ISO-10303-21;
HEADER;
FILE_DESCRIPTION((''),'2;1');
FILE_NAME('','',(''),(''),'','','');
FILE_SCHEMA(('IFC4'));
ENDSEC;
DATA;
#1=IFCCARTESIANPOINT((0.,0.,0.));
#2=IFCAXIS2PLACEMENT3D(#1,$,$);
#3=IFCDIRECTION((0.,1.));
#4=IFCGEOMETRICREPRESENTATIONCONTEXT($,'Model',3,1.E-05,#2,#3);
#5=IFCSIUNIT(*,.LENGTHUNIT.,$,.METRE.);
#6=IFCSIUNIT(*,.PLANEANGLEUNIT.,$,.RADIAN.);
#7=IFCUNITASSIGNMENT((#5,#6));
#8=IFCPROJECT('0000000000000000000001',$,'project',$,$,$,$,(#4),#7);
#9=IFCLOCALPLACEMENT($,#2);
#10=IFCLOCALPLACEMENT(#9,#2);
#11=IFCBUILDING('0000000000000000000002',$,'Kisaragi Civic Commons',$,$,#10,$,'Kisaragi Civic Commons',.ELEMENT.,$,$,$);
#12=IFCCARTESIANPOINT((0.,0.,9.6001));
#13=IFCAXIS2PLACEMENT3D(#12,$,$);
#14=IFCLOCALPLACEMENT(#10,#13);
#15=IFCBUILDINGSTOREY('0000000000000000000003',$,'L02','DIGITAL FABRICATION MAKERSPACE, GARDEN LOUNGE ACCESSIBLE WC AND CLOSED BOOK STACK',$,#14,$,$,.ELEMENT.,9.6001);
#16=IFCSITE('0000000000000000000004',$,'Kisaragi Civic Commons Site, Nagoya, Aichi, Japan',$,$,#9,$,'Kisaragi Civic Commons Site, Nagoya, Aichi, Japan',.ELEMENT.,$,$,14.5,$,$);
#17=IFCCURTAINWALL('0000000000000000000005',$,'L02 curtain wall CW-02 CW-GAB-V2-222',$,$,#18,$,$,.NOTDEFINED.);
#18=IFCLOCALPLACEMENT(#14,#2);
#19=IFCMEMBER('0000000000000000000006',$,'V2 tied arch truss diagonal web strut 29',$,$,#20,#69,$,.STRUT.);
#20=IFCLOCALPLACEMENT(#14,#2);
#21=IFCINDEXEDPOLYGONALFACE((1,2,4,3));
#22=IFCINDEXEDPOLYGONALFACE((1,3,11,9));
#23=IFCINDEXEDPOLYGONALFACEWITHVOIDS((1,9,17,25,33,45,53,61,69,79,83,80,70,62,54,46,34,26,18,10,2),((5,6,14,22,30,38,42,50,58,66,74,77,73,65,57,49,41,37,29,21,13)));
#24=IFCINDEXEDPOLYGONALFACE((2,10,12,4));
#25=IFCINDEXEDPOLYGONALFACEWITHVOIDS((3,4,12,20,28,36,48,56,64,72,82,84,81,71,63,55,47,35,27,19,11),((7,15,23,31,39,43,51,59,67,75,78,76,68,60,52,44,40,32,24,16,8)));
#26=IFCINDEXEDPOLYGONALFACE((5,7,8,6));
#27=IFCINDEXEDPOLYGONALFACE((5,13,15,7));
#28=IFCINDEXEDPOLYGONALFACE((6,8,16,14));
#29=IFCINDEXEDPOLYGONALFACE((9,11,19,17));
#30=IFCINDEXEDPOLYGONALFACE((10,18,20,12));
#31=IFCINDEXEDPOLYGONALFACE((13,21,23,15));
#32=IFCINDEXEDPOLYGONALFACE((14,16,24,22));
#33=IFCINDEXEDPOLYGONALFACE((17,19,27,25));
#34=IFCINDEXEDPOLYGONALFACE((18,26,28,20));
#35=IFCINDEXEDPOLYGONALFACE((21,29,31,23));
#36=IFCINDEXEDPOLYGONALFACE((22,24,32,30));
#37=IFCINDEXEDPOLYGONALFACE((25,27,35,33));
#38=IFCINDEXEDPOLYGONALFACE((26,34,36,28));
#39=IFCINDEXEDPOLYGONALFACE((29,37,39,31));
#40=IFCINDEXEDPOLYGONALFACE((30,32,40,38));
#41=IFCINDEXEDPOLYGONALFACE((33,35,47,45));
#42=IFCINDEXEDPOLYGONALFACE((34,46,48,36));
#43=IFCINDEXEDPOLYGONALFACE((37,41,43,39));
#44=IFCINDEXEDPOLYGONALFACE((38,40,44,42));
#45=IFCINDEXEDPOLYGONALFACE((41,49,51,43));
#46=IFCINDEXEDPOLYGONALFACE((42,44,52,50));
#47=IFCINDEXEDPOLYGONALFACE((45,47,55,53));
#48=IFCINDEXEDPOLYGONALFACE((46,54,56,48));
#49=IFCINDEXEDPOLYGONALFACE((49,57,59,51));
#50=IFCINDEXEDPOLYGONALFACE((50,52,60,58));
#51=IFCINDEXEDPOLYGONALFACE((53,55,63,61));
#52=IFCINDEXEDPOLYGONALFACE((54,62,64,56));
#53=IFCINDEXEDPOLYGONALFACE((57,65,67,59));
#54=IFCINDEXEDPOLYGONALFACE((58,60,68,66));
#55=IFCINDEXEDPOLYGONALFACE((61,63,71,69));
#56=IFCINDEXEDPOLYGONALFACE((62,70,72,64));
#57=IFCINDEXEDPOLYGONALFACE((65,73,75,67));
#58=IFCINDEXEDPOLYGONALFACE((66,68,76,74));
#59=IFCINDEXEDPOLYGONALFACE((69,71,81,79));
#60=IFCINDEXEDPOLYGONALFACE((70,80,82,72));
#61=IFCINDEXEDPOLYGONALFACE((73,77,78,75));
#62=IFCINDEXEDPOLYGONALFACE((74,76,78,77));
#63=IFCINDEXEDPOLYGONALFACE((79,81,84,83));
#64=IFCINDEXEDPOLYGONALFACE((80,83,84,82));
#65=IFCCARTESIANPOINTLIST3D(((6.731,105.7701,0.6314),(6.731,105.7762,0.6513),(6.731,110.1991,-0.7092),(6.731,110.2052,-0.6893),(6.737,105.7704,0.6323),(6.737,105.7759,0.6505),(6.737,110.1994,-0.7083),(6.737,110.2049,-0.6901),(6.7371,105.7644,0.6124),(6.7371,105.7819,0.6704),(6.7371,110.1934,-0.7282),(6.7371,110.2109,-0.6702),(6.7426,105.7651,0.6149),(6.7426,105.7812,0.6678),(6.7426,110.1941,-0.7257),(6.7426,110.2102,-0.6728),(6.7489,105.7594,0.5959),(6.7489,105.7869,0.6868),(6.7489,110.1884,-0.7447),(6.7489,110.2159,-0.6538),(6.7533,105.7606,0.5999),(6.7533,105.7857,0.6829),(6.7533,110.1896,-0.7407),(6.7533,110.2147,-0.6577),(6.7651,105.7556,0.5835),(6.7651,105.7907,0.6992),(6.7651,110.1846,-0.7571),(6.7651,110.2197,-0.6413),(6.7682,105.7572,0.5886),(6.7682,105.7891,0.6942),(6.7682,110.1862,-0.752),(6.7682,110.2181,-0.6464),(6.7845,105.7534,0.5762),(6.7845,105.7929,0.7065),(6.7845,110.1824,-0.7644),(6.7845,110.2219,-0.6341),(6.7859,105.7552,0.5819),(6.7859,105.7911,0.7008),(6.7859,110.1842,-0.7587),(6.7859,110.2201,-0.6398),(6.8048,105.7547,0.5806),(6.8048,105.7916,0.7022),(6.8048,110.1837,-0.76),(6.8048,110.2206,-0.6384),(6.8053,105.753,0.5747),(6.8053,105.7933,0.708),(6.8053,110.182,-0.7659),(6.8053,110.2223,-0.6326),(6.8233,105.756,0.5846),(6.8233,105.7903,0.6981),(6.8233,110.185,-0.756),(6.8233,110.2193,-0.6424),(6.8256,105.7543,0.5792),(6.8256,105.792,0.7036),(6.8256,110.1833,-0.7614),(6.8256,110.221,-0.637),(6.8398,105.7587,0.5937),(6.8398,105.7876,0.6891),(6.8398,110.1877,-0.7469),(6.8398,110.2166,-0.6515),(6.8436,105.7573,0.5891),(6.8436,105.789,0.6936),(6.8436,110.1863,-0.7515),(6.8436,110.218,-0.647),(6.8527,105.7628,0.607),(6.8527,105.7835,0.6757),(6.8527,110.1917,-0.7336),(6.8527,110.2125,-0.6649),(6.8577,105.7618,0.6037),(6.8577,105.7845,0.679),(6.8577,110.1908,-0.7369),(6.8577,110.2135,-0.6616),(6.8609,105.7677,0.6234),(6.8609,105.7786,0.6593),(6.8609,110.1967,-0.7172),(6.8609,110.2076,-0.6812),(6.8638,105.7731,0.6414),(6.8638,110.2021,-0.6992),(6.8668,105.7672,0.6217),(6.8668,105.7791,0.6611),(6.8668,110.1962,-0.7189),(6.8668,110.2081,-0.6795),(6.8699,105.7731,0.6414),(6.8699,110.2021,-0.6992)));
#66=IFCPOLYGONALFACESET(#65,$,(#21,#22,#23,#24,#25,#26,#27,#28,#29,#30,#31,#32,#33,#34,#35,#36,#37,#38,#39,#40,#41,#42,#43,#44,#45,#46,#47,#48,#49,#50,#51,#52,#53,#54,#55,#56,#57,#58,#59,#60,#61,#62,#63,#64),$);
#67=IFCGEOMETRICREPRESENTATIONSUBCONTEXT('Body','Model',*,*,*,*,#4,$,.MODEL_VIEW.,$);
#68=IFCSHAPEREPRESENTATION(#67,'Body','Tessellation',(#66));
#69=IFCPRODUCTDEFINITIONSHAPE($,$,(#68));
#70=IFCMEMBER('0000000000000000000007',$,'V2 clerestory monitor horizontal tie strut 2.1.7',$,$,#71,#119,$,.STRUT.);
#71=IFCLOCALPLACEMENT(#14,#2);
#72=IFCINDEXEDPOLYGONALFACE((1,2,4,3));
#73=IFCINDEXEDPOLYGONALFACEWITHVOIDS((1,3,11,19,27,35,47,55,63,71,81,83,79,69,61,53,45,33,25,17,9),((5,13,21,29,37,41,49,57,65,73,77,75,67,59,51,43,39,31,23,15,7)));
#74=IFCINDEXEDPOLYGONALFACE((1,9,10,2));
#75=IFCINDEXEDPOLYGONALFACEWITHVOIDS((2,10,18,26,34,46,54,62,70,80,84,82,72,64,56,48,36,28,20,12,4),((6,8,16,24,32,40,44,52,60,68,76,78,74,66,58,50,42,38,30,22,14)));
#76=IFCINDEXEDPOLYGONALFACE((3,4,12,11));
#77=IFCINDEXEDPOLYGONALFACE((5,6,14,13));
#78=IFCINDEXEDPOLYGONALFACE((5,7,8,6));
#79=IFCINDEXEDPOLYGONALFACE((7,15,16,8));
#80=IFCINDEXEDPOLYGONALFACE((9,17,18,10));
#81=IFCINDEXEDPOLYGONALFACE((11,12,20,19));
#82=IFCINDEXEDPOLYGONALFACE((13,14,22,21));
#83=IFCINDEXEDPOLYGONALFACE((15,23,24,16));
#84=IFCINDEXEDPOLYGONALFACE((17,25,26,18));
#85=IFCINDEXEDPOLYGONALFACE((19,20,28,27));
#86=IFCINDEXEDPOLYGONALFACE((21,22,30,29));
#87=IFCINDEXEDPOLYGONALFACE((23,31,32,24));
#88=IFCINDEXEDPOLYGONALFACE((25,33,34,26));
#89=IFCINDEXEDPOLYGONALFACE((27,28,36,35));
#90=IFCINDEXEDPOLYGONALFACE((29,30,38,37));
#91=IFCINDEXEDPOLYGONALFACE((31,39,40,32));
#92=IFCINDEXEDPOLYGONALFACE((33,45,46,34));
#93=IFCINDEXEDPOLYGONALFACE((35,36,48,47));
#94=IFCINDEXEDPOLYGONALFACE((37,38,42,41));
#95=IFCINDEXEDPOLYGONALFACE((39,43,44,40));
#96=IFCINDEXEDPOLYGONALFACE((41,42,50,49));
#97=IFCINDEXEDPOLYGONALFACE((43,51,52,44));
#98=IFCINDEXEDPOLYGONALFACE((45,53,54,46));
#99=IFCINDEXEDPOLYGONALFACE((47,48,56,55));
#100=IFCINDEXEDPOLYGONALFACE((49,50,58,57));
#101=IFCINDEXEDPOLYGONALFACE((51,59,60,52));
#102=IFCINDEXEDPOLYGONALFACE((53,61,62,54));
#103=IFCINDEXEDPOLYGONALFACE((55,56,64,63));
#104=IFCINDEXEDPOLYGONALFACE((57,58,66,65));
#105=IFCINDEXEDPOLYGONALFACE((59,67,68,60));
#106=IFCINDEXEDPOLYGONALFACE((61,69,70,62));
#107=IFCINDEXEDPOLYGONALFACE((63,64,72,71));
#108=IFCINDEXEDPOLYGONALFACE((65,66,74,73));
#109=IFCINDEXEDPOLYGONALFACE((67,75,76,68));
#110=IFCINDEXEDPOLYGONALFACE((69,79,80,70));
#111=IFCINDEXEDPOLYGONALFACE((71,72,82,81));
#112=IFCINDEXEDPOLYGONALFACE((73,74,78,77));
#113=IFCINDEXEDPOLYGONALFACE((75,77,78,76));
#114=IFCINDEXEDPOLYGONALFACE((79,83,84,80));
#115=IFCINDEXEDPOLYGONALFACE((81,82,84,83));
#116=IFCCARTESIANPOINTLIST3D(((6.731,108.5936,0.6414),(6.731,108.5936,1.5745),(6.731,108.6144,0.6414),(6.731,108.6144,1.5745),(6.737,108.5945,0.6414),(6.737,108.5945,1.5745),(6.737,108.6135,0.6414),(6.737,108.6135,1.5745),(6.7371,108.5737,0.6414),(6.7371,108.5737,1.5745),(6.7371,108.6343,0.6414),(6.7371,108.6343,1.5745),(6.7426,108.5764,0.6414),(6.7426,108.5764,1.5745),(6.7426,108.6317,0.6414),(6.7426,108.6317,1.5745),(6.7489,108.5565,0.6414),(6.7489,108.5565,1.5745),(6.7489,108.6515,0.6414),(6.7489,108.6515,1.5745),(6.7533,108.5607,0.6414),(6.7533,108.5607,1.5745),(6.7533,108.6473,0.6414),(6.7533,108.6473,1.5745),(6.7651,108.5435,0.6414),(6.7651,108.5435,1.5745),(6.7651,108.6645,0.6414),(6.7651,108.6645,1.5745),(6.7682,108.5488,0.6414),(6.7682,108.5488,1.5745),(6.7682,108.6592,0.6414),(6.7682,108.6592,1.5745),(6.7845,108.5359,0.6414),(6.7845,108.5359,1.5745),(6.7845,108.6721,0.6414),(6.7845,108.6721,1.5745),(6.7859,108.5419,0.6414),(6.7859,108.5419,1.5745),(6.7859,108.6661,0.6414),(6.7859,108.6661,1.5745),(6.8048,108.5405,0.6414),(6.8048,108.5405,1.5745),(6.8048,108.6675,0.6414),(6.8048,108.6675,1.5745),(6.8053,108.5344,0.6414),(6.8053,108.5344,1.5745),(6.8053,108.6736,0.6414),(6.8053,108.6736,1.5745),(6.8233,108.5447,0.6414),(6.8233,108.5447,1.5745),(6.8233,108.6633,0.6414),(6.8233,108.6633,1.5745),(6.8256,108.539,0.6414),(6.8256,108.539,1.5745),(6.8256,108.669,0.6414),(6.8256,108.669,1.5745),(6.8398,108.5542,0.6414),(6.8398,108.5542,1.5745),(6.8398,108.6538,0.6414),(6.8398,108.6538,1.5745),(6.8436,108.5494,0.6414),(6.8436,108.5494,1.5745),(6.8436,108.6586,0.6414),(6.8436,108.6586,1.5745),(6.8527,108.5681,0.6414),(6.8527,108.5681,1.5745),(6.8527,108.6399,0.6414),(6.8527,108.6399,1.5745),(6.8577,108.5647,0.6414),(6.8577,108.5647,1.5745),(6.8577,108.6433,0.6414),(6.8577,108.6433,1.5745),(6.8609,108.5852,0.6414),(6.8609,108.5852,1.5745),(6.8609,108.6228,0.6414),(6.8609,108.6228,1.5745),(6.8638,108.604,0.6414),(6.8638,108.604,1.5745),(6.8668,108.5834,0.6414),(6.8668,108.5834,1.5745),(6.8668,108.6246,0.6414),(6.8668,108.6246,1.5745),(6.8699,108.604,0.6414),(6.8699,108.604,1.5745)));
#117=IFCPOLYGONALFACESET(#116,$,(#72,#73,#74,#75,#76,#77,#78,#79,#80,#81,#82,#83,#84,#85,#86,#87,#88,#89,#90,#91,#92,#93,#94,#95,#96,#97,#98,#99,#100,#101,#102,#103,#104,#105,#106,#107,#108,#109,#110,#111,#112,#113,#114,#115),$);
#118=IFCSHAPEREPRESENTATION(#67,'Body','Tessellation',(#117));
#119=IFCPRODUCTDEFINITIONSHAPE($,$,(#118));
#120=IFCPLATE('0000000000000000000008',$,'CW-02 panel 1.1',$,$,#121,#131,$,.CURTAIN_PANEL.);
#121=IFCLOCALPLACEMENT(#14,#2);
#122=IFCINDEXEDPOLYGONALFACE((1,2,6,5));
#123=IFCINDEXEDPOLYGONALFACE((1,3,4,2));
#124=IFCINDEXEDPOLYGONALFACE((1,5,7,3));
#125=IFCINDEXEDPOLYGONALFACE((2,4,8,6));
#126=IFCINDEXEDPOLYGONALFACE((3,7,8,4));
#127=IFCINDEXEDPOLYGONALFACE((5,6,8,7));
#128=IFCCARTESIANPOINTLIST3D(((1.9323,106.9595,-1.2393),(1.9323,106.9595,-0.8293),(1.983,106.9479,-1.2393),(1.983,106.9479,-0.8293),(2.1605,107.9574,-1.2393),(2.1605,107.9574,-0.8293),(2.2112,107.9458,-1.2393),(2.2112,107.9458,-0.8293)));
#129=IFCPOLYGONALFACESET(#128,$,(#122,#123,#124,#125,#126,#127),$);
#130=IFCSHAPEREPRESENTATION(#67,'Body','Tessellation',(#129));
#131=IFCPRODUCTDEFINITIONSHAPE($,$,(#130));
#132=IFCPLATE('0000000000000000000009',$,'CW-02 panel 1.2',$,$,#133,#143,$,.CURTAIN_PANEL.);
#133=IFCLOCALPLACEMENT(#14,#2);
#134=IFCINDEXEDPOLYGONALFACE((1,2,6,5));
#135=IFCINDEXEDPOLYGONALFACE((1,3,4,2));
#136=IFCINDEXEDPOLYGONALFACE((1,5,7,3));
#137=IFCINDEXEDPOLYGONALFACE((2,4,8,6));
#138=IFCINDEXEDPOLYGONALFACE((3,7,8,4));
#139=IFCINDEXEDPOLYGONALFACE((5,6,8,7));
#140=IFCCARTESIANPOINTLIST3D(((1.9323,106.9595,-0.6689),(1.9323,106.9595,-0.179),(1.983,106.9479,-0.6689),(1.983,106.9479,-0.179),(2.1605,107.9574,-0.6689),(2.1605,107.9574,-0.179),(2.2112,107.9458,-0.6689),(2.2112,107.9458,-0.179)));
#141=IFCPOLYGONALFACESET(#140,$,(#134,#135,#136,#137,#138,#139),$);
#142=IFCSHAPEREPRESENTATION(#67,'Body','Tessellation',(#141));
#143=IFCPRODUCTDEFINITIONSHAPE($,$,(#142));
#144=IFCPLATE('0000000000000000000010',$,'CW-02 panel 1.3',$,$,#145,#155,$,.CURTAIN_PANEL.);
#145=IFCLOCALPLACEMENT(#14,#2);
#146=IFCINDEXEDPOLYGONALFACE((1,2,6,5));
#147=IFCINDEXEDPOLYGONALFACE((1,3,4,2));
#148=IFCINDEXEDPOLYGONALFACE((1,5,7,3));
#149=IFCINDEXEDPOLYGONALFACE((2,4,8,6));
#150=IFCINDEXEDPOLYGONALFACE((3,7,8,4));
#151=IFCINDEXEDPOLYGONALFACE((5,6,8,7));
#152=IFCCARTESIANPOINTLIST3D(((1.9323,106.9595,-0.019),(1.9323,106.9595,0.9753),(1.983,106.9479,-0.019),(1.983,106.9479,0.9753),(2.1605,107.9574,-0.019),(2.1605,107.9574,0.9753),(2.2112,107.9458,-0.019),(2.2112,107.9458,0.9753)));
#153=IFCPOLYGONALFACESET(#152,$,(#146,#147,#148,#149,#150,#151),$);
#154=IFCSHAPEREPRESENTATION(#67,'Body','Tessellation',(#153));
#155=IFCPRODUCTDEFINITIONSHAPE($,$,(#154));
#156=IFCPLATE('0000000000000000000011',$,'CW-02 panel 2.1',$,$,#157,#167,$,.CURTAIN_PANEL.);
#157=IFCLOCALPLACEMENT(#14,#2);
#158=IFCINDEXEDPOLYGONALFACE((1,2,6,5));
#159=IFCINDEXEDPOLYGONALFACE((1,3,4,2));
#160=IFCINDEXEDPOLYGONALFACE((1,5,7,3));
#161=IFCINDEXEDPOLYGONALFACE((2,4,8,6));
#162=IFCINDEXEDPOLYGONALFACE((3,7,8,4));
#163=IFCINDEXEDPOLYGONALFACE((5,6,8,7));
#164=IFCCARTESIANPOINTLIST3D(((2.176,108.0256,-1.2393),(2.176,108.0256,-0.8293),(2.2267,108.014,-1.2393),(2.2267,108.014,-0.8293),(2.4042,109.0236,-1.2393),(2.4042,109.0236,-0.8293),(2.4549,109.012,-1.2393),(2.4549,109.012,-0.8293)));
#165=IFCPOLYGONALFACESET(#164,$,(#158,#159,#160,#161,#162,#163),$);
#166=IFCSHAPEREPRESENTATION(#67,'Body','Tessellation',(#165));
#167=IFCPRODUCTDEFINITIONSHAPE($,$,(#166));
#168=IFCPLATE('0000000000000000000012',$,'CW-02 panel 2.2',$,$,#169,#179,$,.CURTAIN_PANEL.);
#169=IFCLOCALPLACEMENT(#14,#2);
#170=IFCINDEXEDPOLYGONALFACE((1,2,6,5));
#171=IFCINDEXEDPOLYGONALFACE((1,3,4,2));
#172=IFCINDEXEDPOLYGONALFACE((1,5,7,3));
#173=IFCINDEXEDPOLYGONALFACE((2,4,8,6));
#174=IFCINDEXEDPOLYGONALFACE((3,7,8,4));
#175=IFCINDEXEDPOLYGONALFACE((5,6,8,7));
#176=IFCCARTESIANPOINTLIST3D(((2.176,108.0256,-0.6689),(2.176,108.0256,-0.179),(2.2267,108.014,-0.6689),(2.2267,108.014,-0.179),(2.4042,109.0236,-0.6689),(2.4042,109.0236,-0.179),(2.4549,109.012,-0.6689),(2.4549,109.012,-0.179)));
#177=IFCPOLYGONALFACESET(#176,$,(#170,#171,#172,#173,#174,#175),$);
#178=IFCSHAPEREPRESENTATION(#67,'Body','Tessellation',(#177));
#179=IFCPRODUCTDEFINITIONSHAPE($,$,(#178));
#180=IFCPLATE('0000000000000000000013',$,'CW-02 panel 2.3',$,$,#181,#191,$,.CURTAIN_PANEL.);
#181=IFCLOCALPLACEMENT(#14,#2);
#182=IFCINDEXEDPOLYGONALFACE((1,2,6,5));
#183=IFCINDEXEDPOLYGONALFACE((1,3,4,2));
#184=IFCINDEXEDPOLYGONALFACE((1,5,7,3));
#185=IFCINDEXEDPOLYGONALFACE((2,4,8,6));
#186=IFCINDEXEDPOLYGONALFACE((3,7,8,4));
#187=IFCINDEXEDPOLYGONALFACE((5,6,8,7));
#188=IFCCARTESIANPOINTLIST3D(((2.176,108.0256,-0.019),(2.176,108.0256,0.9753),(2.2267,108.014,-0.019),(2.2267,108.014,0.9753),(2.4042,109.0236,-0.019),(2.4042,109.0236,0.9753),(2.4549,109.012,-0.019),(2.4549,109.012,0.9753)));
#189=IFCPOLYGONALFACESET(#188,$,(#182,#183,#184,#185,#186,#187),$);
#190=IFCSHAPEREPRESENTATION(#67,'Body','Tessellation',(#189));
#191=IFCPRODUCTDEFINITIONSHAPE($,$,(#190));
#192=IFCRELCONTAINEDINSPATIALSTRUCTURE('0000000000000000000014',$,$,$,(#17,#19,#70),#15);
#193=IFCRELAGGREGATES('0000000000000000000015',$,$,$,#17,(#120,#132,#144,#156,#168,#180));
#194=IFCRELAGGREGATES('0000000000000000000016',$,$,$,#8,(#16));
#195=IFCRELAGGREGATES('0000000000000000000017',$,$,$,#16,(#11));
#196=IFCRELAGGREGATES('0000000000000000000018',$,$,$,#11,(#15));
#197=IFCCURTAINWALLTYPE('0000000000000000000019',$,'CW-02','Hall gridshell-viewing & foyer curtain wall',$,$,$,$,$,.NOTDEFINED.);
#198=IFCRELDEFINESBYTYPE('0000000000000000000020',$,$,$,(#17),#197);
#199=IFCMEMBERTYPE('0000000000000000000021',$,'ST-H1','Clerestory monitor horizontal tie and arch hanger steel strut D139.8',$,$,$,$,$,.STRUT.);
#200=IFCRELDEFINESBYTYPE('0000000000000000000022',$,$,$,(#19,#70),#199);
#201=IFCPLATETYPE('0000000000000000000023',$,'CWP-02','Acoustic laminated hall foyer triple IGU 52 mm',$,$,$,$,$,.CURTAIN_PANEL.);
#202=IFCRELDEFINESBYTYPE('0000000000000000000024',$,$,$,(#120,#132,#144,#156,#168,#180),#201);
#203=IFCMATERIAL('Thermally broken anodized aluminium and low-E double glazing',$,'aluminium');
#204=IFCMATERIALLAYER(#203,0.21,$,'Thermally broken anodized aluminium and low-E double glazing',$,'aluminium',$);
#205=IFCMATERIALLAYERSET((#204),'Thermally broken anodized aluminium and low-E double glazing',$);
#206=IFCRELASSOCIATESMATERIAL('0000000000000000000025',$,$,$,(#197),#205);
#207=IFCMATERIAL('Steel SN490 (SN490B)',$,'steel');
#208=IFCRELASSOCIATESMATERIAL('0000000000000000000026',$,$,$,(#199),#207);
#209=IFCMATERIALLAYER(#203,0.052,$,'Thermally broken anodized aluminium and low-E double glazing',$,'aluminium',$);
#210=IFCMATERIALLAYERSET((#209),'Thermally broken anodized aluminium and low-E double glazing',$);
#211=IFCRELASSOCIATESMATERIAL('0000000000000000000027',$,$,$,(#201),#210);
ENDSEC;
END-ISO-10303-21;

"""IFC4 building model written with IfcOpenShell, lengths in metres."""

from ifc_helpers import new_model, si_unit, direction, frame, origin, origin_2d, place, context, subcontext, project, spatial, rectangle, hollow_circle, extrude, material, layer, layer_set, material_profile, profile_set, type_object, element, aggregate, save


model = new_model("IFC4")

# Units and contexts
model_context = context("Model", 3, precision=1e-05, world=origin(), true_north=direction((0.0, 1.0)))
body_context = subcontext(model_context, "Body", "Model", "MODEL_VIEW")
ifc_project = project(units=[si_unit("LENGTHUNIT", "METRE"), si_unit("PLANEANGLEUNIT", "RADIAN")], contexts=[model_context])

# Site, building, storey
site_placement = place(None, origin())
site = spatial("IfcSite", under=ifc_project, at=site_placement, Name="Kisaragi Civic Commons Site, Nagoya, Aichi, Japan", LongName="Kisaragi Civic Commons Site, Nagoya, Aichi, Japan", CompositionType="ELEMENT", RefElevation=14.5)
building_placement = place(site_placement, origin())
building = spatial("IfcBuilding", under=site, at=building_placement, Name="Kisaragi Civic Commons", LongName="Kisaragi Civic Commons", CompositionType="ELEMENT")
storey_placement = place(building_placement, frame((0.0, 0.0, 9.6001)))
storey = spatial("IfcBuildingStorey", under=building, at=storey_placement, Name="L02", Description="DIGITAL FABRICATION MAKERSPACE, GARDEN LOUNGE ACCESSIBLE WC AND CLOSED BOOK STACK", CompositionType="ELEMENT", Elevation=9.6001)

# Shared definitions
ifc_material_1 = material(Name="Thermally broken anodized aluminium and low-E double glazing", Category="aluminium")

# Curtain wall
ifc_layer_1 = layer(ifc_material_1, 0.21, Name="Thermally broken anodized aluminium and low-E double glazing", Category="aluminium")
ifc_layer_set_1 = layer_set([ifc_layer_1], Name="Thermally broken anodized aluminium and low-E double glazing")
curtain_wall_type_1 = type_object("IfcCurtainWallType", Name="CW-02", Description="Hall gridshell-viewing & foyer curtain wall", PredefinedType="NOTDEFINED", material=ifc_layer_set_1)
curtain_wall_1_placement = place(storey_placement, origin())
curtain_wall_1 = element("IfcCurtainWall", 1, at=curtain_wall_1_placement, inside=storey, type_object=curtain_wall_type_1, Name="L02 curtain wall CW-02 CW-GAB-V2-222", PredefinedType="NOTDEFINED")

# Members
ifc_material_2 = material(Name="Steel SN490 (SN490B)", Category="steel")
ifc_material_profile_1 = material_profile(ifc_material_2, hollow_circle(Radius=0.0698, WallThickness=0.0061, at=origin_2d()), Name="CHS-139.8x6.0", Category="steel")
ifc_profile_set_1 = profile_set([ifc_material_profile_1], Name="Steel SN490 (SN490B)")
member_type_1 = type_object("IfcMemberType", Name="ST-H1", Description="Clerestory monitor horizontal tie and arch hanger steel strut D139.8", PredefinedType="STRUT", material=ifc_profile_set_1)
member_1_placement = place(storey_placement, frame((6.8, 110.2021, -0.6992), z_axis=(0.0, -0.957116, 0.289704), x_axis=(1.0, 0.0, 0.0)))
element("IfcMember", 2, at=member_1_placement, inside=storey, type_object=member_type_1, Name="V2 tied arch truss diagonal web strut 29", PredefinedType="STRUT", context=body_context, shape_type="SweptSolid", body=[
    extrude(hollow_circle(Radius=0.0698, WallThickness=0.0061, at=origin_2d()), origin(), (0.0, 0.0, 1.0), 4.6274),
])
member_2_placement = place(storey_placement, frame((6.8, 108.604, 0.6414), z_axis=(0.0, 0.0, 1.0), x_axis=(1.0, 0.0, 0.0)))
element("IfcMember", 3, at=member_2_placement, inside=storey, type_object=member_type_1, Name="V2 clerestory monitor horizontal tie strut 2.1.7", PredefinedType="STRUT", context=body_context, shape_type="SweptSolid", body=[
    extrude(hollow_circle(Radius=0.0698, WallThickness=0.0061, at=origin_2d()), origin(), (0.0, 0.0, 1.0), 0.9331),
])

# Plates
ifc_layer_2 = layer(ifc_material_1, 0.052, Name="Thermally broken anodized aluminium and low-E double glazing", Category="aluminium")
ifc_layer_set_2 = layer_set([ifc_layer_2], Name="Thermally broken anodized aluminium and low-E double glazing")
plate_type_1 = type_object("IfcPlateType", Name="CWP-02", Description="Acoustic laminated hall foyer triple IGU 52 mm", PredefinedType="CURTAIN_PANEL", material=ifc_layer_set_2)
plate_1_placement = place(storey_placement, frame((2.0718, 107.4526, -1.2393), z_axis=(0.0, 0.0, 1.0), x_axis=(0.222889, 0.974844, 0.0)))
plate_1 = element("IfcPlate", 4, at=plate_1_placement, type_object=plate_type_1, Name="CW-02 panel 1.1", PredefinedType="CURTAIN_PANEL", context=body_context, shape_type="SweptSolid", body=[
    extrude(rectangle(XDim=1.0237, YDim=0.052, at=origin_2d()), origin(), (0.0, 0.0, 1.0), 0.4099),
])
plate_2_placement = place(storey_placement, frame((2.0718, 107.4526, -0.6689), z_axis=(0.0, 0.0, 1.0), x_axis=(0.222889, 0.974844, 0.0)))
plate_2 = element("IfcPlate", 5, at=plate_2_placement, type_object=plate_type_1, Name="CW-02 panel 1.2", PredefinedType="CURTAIN_PANEL", context=body_context, shape_type="SweptSolid", body=[
    extrude(rectangle(XDim=1.0237, YDim=0.052, at=origin_2d()), origin(), (0.0, 0.0, 1.0), 0.49),
])
plate_3_placement = place(storey_placement, frame((2.0718, 107.4526, -0.019), z_axis=(0.0, 0.0, 1.0), x_axis=(0.222889, 0.974844, 0.0)))
plate_3 = element("IfcPlate", 6, at=plate_3_placement, type_object=plate_type_1, Name="CW-02 panel 1.3", PredefinedType="CURTAIN_PANEL", context=body_context, shape_type="SweptSolid", body=[
    extrude(rectangle(XDim=1.0237, YDim=0.052, at=origin_2d()), origin(), (0.0, 0.0, 1.0), 0.9944),
])
plate_4_placement = place(storey_placement, frame((2.3154, 108.5188, -1.2393), z_axis=(0.0, 0.0, 1.0), x_axis=(0.222889, 0.974844, 0.0)))
plate_4 = element("IfcPlate", 7, at=plate_4_placement, type_object=plate_type_1, Name="CW-02 panel 2.1", PredefinedType="CURTAIN_PANEL", context=body_context, shape_type="SweptSolid", body=[
    extrude(rectangle(XDim=1.0237, YDim=0.052, at=origin_2d()), origin(), (0.0, 0.0, 1.0), 0.4099),
])
plate_5_placement = place(storey_placement, frame((2.3154, 108.5188, -0.6689), z_axis=(0.0, 0.0, 1.0), x_axis=(0.222889, 0.974844, 0.0)))
plate_5 = element("IfcPlate", 8, at=plate_5_placement, type_object=plate_type_1, Name="CW-02 panel 2.2", PredefinedType="CURTAIN_PANEL", context=body_context, shape_type="SweptSolid", body=[
    extrude(rectangle(XDim=1.0237, YDim=0.052, at=origin_2d()), origin(), (0.0, 0.0, 1.0), 0.49),
])
plate_6_placement = place(storey_placement, frame((2.3154, 108.5188, -0.019), z_axis=(0.0, 0.0, 1.0), x_axis=(0.222889, 0.974844, 0.0)))
plate_6 = element("IfcPlate", 9, at=plate_6_placement, type_object=plate_type_1, Name="CW-02 panel 2.3", PredefinedType="CURTAIN_PANEL", context=body_context, shape_type="SweptSolid", body=[
    extrude(rectangle(XDim=1.0237, YDim=0.052, at=origin_2d()), origin(), (0.0, 0.0, 1.0), 0.9944),
])
aggregate(curtain_wall_1, [plate_1, plate_2, plate_3, plate_4, plate_5, plate_6])

save(model, "model.ifc")
